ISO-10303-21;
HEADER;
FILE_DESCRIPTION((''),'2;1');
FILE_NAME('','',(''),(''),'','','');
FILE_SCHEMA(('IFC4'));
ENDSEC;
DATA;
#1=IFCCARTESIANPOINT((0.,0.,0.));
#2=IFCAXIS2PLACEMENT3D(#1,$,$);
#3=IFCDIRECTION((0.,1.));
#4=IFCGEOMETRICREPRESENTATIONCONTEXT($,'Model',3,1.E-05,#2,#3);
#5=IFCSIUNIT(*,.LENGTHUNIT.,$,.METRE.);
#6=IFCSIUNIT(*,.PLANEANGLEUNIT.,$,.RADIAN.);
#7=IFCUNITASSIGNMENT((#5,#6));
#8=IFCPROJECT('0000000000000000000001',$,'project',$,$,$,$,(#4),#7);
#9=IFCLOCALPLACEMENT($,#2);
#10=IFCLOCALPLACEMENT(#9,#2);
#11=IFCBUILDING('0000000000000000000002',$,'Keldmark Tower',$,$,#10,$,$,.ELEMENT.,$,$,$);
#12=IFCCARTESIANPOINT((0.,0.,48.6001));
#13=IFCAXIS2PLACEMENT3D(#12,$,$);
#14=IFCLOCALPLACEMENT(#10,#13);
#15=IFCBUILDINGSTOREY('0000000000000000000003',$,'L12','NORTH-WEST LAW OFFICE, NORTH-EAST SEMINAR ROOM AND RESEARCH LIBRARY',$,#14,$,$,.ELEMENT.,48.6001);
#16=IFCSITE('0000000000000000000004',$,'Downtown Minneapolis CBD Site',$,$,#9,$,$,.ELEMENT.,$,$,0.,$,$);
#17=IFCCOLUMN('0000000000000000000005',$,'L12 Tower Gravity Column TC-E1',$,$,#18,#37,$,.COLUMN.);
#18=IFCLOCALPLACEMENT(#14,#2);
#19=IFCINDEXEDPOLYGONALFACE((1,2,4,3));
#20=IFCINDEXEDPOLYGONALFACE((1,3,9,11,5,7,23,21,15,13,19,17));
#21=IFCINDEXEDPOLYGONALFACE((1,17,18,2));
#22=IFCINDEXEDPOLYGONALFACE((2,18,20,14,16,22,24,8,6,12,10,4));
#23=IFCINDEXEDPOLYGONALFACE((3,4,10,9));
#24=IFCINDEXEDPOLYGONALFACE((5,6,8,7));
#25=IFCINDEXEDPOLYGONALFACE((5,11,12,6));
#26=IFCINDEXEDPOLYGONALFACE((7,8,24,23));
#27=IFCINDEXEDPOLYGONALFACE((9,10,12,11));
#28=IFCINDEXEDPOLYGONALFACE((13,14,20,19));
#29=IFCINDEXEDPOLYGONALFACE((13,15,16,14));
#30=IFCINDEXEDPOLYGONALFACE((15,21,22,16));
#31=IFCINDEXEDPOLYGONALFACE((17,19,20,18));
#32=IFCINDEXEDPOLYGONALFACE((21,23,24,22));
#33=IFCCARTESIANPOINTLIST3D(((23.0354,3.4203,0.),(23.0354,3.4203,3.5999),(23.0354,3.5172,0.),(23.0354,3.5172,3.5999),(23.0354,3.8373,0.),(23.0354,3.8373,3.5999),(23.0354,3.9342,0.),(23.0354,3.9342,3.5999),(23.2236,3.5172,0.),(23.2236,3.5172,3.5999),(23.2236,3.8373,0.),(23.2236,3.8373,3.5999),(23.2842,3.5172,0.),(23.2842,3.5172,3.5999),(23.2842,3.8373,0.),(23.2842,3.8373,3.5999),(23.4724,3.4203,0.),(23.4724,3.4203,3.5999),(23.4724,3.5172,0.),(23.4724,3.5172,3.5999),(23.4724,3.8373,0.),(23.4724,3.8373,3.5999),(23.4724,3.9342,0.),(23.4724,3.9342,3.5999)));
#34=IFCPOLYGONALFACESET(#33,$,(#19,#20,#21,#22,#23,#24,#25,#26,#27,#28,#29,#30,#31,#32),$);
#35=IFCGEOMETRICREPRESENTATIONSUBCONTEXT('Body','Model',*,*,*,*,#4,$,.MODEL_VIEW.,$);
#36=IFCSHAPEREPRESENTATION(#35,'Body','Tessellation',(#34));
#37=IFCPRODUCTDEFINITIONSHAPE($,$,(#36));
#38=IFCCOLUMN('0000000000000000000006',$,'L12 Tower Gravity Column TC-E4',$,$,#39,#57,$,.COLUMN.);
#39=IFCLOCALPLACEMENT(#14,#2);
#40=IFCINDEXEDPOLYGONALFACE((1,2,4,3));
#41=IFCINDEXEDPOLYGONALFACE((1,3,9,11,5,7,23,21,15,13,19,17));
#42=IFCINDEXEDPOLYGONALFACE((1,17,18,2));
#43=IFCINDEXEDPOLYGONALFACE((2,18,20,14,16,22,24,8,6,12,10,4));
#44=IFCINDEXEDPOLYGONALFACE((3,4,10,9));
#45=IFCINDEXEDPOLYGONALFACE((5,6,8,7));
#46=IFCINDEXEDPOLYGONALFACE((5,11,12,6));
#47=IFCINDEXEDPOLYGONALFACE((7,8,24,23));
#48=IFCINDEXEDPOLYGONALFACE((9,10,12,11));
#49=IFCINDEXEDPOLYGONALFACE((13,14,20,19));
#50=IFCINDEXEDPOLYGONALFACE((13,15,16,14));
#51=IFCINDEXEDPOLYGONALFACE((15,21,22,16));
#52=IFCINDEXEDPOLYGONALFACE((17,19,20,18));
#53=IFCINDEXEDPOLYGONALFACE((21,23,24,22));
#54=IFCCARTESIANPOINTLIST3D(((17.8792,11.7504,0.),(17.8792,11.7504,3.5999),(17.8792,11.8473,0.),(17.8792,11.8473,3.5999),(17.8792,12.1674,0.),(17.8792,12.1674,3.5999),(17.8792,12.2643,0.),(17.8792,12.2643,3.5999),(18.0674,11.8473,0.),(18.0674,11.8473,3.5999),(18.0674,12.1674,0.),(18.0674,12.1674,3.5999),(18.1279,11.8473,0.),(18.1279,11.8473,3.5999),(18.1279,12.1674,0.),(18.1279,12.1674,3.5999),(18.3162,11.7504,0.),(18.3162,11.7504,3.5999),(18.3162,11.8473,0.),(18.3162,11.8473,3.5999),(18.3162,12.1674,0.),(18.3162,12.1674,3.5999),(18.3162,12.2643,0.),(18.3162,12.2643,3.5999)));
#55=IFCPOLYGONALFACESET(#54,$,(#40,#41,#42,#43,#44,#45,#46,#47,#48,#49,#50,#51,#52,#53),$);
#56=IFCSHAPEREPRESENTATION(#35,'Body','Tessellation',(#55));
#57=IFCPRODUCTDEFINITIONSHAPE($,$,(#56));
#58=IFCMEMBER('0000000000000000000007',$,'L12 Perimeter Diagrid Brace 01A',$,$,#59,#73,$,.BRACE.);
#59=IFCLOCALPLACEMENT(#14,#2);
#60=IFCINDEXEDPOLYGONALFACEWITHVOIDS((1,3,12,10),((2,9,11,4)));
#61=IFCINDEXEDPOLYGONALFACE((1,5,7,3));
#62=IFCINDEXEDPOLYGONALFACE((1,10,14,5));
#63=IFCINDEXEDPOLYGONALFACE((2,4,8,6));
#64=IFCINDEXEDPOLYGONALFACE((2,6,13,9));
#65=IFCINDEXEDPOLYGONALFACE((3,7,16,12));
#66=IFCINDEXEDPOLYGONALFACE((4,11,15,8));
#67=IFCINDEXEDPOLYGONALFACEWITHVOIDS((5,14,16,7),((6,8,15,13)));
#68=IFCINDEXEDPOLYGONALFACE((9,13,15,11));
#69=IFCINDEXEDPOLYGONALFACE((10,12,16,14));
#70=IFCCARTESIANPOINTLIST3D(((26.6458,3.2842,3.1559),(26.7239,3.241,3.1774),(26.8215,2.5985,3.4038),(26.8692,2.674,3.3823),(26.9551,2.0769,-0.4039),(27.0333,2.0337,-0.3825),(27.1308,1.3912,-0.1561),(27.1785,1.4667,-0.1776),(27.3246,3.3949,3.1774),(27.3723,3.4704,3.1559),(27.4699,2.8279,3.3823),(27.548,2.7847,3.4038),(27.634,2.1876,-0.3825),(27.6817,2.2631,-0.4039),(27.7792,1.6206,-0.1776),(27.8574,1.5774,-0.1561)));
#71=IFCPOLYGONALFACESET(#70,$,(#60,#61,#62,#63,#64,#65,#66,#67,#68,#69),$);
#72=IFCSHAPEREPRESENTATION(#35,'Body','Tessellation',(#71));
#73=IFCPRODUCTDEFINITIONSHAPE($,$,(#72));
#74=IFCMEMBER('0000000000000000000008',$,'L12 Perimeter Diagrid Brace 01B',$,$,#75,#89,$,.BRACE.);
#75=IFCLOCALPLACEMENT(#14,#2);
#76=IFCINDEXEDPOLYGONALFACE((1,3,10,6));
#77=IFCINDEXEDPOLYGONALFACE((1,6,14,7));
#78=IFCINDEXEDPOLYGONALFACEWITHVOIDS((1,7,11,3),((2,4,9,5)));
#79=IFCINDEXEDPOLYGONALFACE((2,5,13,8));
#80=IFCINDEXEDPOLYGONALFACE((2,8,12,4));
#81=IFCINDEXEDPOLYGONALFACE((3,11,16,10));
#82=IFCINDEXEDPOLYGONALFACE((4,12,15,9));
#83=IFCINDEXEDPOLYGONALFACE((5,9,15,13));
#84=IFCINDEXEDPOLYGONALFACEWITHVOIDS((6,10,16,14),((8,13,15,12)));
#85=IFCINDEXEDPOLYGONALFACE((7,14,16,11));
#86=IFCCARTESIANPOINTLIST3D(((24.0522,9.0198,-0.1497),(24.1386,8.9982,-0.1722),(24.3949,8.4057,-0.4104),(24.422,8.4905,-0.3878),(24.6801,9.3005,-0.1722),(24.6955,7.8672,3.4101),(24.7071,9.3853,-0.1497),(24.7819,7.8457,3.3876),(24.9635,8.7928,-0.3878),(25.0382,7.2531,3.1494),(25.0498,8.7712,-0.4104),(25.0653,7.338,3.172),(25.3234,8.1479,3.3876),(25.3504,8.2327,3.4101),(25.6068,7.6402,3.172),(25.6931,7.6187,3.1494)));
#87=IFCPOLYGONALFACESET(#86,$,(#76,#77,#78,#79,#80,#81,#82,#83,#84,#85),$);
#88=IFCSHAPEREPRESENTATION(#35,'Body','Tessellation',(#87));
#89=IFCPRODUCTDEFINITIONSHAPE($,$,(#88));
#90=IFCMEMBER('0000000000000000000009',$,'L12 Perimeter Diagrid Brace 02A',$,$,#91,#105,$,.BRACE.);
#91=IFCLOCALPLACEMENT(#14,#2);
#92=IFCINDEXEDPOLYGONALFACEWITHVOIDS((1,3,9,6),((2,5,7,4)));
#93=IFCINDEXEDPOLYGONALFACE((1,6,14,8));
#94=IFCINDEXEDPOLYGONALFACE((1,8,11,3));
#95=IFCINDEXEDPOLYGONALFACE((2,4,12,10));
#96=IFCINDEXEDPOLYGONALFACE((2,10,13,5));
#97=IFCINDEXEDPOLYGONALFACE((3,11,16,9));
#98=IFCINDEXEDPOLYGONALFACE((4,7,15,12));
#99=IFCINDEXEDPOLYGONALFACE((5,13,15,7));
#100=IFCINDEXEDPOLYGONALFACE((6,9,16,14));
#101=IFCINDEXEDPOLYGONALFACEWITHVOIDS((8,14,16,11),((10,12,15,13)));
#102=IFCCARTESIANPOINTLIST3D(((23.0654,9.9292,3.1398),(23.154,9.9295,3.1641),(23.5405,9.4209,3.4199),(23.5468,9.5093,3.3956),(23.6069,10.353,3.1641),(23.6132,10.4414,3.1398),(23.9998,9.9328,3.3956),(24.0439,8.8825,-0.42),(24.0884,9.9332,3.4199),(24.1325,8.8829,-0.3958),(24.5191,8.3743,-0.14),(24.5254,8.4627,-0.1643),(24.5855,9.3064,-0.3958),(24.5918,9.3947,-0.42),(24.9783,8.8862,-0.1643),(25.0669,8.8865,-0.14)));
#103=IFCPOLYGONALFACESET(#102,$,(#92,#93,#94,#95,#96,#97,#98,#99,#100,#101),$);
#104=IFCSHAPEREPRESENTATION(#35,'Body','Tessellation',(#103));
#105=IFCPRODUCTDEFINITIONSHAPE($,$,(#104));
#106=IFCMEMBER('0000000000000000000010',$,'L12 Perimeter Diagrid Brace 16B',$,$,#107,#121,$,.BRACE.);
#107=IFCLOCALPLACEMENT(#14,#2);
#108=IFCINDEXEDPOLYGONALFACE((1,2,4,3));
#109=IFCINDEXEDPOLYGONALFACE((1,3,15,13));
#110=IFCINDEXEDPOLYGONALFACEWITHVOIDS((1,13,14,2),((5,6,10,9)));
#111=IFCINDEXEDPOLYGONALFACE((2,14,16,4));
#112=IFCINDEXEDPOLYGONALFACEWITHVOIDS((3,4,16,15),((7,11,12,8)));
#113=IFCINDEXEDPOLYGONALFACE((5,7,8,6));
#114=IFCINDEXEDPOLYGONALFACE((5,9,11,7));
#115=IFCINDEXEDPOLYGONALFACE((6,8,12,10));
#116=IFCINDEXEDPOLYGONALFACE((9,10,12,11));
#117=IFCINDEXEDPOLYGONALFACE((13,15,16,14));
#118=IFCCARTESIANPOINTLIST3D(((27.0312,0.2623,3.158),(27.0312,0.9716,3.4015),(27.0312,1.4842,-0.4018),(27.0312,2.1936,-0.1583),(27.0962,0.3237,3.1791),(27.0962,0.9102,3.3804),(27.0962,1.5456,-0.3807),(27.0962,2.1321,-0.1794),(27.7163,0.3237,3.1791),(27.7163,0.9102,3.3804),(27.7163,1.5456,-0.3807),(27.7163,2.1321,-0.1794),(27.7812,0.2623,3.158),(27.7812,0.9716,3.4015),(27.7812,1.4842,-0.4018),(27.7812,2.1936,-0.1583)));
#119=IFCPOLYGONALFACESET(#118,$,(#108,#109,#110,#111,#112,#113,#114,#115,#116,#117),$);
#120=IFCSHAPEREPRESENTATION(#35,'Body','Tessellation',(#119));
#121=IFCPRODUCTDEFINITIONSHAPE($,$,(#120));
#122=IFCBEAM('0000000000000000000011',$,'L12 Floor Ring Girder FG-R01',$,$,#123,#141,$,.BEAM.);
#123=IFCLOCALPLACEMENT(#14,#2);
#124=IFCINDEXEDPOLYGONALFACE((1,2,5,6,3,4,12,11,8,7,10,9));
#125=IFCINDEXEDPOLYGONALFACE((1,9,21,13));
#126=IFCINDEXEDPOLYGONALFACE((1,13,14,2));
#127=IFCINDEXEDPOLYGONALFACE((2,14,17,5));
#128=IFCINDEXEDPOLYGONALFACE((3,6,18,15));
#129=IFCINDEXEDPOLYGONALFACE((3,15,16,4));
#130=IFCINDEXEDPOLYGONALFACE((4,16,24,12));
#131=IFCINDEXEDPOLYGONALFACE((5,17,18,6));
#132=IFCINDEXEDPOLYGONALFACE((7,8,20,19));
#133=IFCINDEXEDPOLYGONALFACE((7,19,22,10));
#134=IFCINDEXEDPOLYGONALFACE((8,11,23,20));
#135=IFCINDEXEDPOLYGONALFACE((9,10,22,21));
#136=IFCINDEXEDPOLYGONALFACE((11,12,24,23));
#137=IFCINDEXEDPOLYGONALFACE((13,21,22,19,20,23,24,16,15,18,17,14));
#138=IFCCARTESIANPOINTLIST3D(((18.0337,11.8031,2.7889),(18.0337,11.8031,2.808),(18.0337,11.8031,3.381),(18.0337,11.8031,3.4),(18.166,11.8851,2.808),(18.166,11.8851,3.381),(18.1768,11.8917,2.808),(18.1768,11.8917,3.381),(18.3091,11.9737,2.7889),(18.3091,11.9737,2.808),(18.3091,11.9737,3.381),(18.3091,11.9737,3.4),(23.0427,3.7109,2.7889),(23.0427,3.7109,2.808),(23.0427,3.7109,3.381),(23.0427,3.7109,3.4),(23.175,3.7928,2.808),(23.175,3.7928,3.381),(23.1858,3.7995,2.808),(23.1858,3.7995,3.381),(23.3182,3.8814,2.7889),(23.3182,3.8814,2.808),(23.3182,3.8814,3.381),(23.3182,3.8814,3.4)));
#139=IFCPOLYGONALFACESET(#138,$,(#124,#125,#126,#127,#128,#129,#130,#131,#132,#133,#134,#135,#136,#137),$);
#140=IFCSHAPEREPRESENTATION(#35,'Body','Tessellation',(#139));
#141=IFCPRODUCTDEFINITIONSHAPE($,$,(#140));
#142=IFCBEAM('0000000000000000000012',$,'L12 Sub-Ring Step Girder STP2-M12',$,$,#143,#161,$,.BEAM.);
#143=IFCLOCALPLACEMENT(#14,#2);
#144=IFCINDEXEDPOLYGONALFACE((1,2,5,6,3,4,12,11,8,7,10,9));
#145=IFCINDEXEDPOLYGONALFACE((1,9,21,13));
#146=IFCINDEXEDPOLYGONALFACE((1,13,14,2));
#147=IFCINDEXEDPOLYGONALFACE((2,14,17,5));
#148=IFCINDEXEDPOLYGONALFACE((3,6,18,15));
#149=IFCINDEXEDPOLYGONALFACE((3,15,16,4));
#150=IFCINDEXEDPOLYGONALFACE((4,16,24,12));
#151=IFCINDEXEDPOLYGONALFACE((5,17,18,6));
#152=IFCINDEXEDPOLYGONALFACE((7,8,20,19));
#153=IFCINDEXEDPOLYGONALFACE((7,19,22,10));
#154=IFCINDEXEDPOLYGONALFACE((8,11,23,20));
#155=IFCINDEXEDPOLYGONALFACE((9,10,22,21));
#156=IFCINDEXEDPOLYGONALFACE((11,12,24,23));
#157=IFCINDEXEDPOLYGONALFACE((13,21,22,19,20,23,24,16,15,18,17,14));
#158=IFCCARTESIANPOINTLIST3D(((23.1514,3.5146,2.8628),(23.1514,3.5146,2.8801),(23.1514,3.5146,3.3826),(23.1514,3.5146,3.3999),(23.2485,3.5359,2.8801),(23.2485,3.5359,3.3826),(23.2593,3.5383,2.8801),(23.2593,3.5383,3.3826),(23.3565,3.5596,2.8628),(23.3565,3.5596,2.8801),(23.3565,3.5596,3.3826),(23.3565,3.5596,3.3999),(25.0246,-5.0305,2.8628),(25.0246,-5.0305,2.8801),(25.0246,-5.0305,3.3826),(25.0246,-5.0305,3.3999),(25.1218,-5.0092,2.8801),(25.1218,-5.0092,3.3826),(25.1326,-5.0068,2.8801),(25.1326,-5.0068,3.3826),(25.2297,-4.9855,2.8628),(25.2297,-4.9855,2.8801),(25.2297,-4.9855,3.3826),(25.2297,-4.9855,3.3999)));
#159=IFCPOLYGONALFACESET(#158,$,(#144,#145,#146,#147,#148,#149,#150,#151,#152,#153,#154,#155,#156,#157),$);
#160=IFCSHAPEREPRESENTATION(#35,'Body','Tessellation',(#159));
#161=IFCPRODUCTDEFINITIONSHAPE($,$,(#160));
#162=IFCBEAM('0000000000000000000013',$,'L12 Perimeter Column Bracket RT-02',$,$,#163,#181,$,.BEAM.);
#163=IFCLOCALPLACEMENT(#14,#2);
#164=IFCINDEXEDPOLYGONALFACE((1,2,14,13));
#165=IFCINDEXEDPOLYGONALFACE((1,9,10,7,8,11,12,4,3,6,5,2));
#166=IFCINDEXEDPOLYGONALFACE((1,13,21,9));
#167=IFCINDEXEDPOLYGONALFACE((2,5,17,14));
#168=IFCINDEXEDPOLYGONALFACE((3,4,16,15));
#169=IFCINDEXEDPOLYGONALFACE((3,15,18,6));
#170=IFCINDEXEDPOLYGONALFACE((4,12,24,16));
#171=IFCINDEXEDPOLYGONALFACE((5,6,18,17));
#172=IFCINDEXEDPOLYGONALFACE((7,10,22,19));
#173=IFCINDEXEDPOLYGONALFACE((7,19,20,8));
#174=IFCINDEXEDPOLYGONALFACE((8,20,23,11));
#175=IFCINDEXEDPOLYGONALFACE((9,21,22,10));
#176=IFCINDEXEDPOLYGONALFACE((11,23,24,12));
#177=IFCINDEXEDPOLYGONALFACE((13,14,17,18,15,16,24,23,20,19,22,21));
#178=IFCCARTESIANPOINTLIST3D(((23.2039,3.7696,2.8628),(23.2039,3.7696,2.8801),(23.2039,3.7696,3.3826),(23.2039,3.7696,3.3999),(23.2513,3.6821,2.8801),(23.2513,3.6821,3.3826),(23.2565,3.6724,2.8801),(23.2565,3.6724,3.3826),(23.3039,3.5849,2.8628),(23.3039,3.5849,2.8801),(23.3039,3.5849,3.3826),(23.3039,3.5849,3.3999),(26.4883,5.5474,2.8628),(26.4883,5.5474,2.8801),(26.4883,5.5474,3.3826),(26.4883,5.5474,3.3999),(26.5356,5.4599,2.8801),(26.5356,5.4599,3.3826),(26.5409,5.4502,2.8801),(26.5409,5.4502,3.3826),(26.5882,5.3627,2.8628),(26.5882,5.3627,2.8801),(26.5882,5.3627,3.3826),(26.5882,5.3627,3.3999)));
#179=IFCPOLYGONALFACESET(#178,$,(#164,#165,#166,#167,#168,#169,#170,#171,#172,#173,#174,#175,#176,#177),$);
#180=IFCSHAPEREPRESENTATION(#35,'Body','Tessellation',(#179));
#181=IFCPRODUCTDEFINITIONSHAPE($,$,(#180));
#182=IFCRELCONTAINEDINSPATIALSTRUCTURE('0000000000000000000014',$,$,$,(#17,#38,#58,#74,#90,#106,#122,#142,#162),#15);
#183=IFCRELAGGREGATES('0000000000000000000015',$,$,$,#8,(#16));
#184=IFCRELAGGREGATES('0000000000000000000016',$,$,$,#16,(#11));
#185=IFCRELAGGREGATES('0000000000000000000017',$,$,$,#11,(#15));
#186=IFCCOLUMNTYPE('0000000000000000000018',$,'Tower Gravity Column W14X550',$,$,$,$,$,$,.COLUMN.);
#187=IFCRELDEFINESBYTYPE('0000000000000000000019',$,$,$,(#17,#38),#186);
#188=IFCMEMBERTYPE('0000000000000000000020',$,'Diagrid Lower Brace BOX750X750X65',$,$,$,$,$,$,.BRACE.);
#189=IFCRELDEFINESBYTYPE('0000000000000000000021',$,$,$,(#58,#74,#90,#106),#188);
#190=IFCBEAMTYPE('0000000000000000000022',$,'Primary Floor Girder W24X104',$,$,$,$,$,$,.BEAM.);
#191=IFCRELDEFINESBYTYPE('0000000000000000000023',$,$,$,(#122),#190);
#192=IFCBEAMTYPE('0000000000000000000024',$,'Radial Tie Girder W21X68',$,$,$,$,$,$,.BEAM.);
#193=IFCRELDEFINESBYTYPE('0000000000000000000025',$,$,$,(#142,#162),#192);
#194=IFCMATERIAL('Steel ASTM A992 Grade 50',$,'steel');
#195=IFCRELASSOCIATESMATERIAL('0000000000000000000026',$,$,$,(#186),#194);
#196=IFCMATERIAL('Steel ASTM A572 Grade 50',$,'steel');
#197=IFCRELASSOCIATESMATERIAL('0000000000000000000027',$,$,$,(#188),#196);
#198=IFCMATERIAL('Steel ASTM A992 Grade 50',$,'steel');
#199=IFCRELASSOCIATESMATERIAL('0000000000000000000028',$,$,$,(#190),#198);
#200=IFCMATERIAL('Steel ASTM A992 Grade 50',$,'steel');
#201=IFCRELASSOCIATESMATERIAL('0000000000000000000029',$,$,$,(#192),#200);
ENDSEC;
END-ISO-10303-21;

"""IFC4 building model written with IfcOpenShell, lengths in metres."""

from ifc_helpers import new_model, si_unit, direction, frame, origin, origin_2d, place, context, subcontext, project, spatial, hollow_rectangle, i_section, extrude, material, material_profile, profile_set, type_object, element, save


model = new_model("IFC4")

# Units and contexts
model_context = context("Model", 3, precision=1e-05, world=origin(), true_north=direction((0.0, 1.0)))
body_context = subcontext(model_context, "Body", "Model", "MODEL_VIEW")
ifc_project = project(units=[si_unit("LENGTHUNIT", "METRE"), si_unit("PLANEANGLEUNIT", "RADIAN")], contexts=[model_context])

# Site, building, storey
site_placement = place(None, origin())
site = spatial("IfcSite", under=ifc_project, at=site_placement, Name="Downtown Minneapolis CBD Site", CompositionType="ELEMENT", RefElevation=0.0)
building_placement = place(site_placement, origin())
building = spatial("IfcBuilding", under=site, at=building_placement, Name="Keldmark Tower", CompositionType="ELEMENT")
storey_placement = place(building_placement, frame((0.0, 0.0, 48.6001)))
storey = spatial("IfcBuildingStorey", under=building, at=storey_placement, Name="L12", Description="NORTH-WEST LAW OFFICE, NORTH-EAST SEMINAR ROOM AND RESEARCH LIBRARY", CompositionType="ELEMENT", Elevation=48.6001)

# Columns
ifc_material_1 = material(Name="Steel ASTM A992 Grade 50", Category="steel")
ifc_material_profile_1 = material_profile(ifc_material_1, i_section(OverallWidth=0.437, OverallDepth=0.5139, WebThickness=0.0605, FlangeThickness=0.0969, at=origin_2d()), Name="W14X550")
ifc_profile_set_1 = profile_set([ifc_material_profile_1], Name="Steel ASTM A992 Grade 50")
column_type = type_object("IfcColumnType", Name="Tower Gravity Column W14X550", PredefinedType="COLUMN", material=ifc_profile_set_1)
for number, where, z_axis, x_axis, name in (
    (1, (23.2539, 3.6772, 0.0), (0.0, 0.0, 1.0), (1.0, 0.0, 0.0), "L12 Tower Gravity Column TC-E1"),
    (2, (18.0977, 12.0073, 0.0), (0.0, 0.0, 1.0), (1.0, 0.0, 0.0), "L12 Tower Gravity Column TC-E4"),
):
    element("IfcColumn", number, at=place(storey_placement, frame(where, z_axis=z_axis, x_axis=x_axis)), inside=storey, type_object=column_type, Name=name, PredefinedType="COLUMN", context=body_context, shape_type="SweptSolid", body=[
        extrude(i_section(OverallWidth=0.437, OverallDepth=0.5139, WebThickness=0.0605, FlangeThickness=0.0969, at=origin_2d()), origin(), (0.0, 0.0, 1.0), 3.5999),
    ])

# Members
ifc_material_2 = material(Name="Steel ASTM A572 Grade 50", Category="steel")
ifc_material_profile_2 = material_profile(ifc_material_2, hollow_rectangle(XDim=0.75, YDim=0.75, WallThickness=0.0649, at=origin_2d()), Name="BOX750X750X65")
ifc_profile_set_2 = profile_set([ifc_material_profile_2], Name="Steel ASTM A572 Grade 50")
member_type = type_object("IfcMemberType", Name="Diagrid Lower Brace BOX750X750X65", PredefinedType="BRACE", material=ifc_profile_set_2)
member_1_placement = place(storey_placement, frame((27.4062, 1.8271, -0.28), z_axis=(-0.082013, 0.320091, 0.94383), x_axis=(-0.968709, -0.248201, 0.0)))
element("IfcMember", 3, at=member_1_placement, inside=storey, type_object=member_type, Name="L12 Perimeter Diagrid Brace 01A", PredefinedType="BRACE", context=body_context, shape_type="SweptSolid", body=[
    extrude(hollow_rectangle(XDim=0.75, YDim=0.75, WallThickness=0.0649, at=origin_2d()), origin(), (0.0, 0.0, 1.0), 3.7717),
])
member_2_placement = place(storey_placement, frame((24.551, 8.8955, -0.28), z_axis=(0.169441, -0.30358, 0.937619), x_axis=(0.873196, 0.487369, 0.0)))
element("IfcMember", 4, at=member_2_placement, inside=storey, type_object=member_type, Name="L12 Perimeter Diagrid Brace 01B", PredefinedType="BRACE", context=body_context, shape_type="SweptSolid", body=[
    extrude(hollow_rectangle(XDim=0.75, YDim=0.75, WallThickness=0.0649, at=origin_2d()), origin(), (0.0, 0.0, 1.0), 3.7966),
])
member_3_placement = place(storey_placement, frame((24.5554, 8.8845, -0.28), z_axis=(-0.254998, 0.272749, 0.927677), x_axis=(-0.730477, -0.682937, 0.0)))
element("IfcMember", 5, at=member_3_placement, inside=storey, type_object=member_type, Name="L12 Perimeter Diagrid Brace 02A", PredefinedType="BRACE", context=body_context, shape_type="SweptSolid", body=[
    extrude(hollow_rectangle(XDim=0.75, YDim=0.75, WallThickness=0.0649, at=origin_2d()), origin(), (0.0, 0.0, 1.0), 3.8374),
])
member_4_placement = place(storey_placement, frame((27.4062, 1.8389, -0.28), z_axis=(0.0, -0.324661, 0.94583), x_axis=(1.0, 0.0, 0.0)))
element("IfcMember", 6, at=member_4_placement, inside=storey, type_object=member_type, Name="L12 Perimeter Diagrid Brace 16B", PredefinedType="BRACE", context=body_context, shape_type="SweptSolid", body=[
    extrude(hollow_rectangle(XDim=0.75, YDim=0.75, WallThickness=0.0649, at=origin_2d()), origin(), (0.0, 0.0, 1.0), 3.7637),
])

# Beams
ifc_material_3 = material(Name="Steel ASTM A992 Grade 50", Category="steel")
ifc_material_profile_3 = material_profile(ifc_material_3, i_section(OverallWidth=0.324, OverallDepth=0.6111, WebThickness=0.0127, FlangeThickness=0.019, at=origin_2d()), Name="W24X104")
ifc_profile_set_3 = profile_set([ifc_material_profile_3], Name="Steel ASTM A992 Grade 50")
beam_type_1 = type_object("IfcBeamType", Name="Primary Floor Girder W24X104", PredefinedType="BEAM", material=ifc_profile_set_3)
beam_1_placement = place(storey_placement, frame((23.1804, 3.7961, 3.0945), z_axis=(-0.526318, 0.850288, 0.0), x_axis=(-0.850288, -0.526318, 0.0)))
element("IfcBeam", 7, at=beam_1_placement, inside=storey, type_object=beam_type_1, Name="L12 Floor Ring Girder FG-R01", PredefinedType="BEAM", context=body_context, shape_type="SweptSolid", body=[
    extrude(i_section(OverallWidth=0.324, OverallDepth=0.6111, WebThickness=0.0127, FlangeThickness=0.019, at=origin_2d()), origin(), (0.0, 0.0, 1.0), 9.5171),
])
ifc_material_4 = material(Name="Steel ASTM A992 Grade 50", Category="steel")
ifc_material_profile_4 = material_profile(ifc_material_4, i_section(OverallWidth=0.21, OverallDepth=0.5371, WebThickness=0.011, FlangeThickness=0.0173, at=origin_2d()), Name="W21X68")
ifc_profile_set_4 = profile_set([ifc_material_profile_4], Name="Steel ASTM A992 Grade 50")
beam_type_2 = type_object("IfcBeamType", Name="Radial Tie Girder W21X68", PredefinedType="BEAM", material=ifc_profile_set_4)
beam_2_placement = place(storey_placement, frame((23.2539, 3.5371, 3.1313), z_axis=(0.214137, -0.976804, 0.0), x_axis=(0.976804, 0.214137, 0.0)))
element("IfcBeam", 8, at=beam_2_placement, inside=storey, type_object=beam_type_2, Name="L12 Sub-Ring Step Girder STP2-M12", PredefinedType="BEAM", context=body_context, shape_type="SweptSolid", body=[
    extrude(i_section(OverallWidth=0.21, OverallDepth=0.5371, WebThickness=0.011, FlangeThickness=0.0173, at=origin_2d()), origin(), (0.0, 0.0, 1.0), 8.748),
])
beam_3_placement = place(storey_placement, frame((23.2539, 3.6772, 3.1313), z_axis=(0.87943, 0.476028, 0.0), x_axis=(-0.476028, 0.87943, 0.0)))
element("IfcBeam", 9, at=beam_3_placement, inside=storey, type_object=beam_type_2, Name="L12 Perimeter Column Bracket RT-02", PredefinedType="BEAM", context=body_context, shape_type="SweptSolid", body=[
    extrude(i_section(OverallWidth=0.21, OverallDepth=0.5371, WebThickness=0.011, FlangeThickness=0.0173, at=origin_2d()), origin(), (0.0, 0.0, 1.0), 3.7346),
])

save(model, "model.ifc")
